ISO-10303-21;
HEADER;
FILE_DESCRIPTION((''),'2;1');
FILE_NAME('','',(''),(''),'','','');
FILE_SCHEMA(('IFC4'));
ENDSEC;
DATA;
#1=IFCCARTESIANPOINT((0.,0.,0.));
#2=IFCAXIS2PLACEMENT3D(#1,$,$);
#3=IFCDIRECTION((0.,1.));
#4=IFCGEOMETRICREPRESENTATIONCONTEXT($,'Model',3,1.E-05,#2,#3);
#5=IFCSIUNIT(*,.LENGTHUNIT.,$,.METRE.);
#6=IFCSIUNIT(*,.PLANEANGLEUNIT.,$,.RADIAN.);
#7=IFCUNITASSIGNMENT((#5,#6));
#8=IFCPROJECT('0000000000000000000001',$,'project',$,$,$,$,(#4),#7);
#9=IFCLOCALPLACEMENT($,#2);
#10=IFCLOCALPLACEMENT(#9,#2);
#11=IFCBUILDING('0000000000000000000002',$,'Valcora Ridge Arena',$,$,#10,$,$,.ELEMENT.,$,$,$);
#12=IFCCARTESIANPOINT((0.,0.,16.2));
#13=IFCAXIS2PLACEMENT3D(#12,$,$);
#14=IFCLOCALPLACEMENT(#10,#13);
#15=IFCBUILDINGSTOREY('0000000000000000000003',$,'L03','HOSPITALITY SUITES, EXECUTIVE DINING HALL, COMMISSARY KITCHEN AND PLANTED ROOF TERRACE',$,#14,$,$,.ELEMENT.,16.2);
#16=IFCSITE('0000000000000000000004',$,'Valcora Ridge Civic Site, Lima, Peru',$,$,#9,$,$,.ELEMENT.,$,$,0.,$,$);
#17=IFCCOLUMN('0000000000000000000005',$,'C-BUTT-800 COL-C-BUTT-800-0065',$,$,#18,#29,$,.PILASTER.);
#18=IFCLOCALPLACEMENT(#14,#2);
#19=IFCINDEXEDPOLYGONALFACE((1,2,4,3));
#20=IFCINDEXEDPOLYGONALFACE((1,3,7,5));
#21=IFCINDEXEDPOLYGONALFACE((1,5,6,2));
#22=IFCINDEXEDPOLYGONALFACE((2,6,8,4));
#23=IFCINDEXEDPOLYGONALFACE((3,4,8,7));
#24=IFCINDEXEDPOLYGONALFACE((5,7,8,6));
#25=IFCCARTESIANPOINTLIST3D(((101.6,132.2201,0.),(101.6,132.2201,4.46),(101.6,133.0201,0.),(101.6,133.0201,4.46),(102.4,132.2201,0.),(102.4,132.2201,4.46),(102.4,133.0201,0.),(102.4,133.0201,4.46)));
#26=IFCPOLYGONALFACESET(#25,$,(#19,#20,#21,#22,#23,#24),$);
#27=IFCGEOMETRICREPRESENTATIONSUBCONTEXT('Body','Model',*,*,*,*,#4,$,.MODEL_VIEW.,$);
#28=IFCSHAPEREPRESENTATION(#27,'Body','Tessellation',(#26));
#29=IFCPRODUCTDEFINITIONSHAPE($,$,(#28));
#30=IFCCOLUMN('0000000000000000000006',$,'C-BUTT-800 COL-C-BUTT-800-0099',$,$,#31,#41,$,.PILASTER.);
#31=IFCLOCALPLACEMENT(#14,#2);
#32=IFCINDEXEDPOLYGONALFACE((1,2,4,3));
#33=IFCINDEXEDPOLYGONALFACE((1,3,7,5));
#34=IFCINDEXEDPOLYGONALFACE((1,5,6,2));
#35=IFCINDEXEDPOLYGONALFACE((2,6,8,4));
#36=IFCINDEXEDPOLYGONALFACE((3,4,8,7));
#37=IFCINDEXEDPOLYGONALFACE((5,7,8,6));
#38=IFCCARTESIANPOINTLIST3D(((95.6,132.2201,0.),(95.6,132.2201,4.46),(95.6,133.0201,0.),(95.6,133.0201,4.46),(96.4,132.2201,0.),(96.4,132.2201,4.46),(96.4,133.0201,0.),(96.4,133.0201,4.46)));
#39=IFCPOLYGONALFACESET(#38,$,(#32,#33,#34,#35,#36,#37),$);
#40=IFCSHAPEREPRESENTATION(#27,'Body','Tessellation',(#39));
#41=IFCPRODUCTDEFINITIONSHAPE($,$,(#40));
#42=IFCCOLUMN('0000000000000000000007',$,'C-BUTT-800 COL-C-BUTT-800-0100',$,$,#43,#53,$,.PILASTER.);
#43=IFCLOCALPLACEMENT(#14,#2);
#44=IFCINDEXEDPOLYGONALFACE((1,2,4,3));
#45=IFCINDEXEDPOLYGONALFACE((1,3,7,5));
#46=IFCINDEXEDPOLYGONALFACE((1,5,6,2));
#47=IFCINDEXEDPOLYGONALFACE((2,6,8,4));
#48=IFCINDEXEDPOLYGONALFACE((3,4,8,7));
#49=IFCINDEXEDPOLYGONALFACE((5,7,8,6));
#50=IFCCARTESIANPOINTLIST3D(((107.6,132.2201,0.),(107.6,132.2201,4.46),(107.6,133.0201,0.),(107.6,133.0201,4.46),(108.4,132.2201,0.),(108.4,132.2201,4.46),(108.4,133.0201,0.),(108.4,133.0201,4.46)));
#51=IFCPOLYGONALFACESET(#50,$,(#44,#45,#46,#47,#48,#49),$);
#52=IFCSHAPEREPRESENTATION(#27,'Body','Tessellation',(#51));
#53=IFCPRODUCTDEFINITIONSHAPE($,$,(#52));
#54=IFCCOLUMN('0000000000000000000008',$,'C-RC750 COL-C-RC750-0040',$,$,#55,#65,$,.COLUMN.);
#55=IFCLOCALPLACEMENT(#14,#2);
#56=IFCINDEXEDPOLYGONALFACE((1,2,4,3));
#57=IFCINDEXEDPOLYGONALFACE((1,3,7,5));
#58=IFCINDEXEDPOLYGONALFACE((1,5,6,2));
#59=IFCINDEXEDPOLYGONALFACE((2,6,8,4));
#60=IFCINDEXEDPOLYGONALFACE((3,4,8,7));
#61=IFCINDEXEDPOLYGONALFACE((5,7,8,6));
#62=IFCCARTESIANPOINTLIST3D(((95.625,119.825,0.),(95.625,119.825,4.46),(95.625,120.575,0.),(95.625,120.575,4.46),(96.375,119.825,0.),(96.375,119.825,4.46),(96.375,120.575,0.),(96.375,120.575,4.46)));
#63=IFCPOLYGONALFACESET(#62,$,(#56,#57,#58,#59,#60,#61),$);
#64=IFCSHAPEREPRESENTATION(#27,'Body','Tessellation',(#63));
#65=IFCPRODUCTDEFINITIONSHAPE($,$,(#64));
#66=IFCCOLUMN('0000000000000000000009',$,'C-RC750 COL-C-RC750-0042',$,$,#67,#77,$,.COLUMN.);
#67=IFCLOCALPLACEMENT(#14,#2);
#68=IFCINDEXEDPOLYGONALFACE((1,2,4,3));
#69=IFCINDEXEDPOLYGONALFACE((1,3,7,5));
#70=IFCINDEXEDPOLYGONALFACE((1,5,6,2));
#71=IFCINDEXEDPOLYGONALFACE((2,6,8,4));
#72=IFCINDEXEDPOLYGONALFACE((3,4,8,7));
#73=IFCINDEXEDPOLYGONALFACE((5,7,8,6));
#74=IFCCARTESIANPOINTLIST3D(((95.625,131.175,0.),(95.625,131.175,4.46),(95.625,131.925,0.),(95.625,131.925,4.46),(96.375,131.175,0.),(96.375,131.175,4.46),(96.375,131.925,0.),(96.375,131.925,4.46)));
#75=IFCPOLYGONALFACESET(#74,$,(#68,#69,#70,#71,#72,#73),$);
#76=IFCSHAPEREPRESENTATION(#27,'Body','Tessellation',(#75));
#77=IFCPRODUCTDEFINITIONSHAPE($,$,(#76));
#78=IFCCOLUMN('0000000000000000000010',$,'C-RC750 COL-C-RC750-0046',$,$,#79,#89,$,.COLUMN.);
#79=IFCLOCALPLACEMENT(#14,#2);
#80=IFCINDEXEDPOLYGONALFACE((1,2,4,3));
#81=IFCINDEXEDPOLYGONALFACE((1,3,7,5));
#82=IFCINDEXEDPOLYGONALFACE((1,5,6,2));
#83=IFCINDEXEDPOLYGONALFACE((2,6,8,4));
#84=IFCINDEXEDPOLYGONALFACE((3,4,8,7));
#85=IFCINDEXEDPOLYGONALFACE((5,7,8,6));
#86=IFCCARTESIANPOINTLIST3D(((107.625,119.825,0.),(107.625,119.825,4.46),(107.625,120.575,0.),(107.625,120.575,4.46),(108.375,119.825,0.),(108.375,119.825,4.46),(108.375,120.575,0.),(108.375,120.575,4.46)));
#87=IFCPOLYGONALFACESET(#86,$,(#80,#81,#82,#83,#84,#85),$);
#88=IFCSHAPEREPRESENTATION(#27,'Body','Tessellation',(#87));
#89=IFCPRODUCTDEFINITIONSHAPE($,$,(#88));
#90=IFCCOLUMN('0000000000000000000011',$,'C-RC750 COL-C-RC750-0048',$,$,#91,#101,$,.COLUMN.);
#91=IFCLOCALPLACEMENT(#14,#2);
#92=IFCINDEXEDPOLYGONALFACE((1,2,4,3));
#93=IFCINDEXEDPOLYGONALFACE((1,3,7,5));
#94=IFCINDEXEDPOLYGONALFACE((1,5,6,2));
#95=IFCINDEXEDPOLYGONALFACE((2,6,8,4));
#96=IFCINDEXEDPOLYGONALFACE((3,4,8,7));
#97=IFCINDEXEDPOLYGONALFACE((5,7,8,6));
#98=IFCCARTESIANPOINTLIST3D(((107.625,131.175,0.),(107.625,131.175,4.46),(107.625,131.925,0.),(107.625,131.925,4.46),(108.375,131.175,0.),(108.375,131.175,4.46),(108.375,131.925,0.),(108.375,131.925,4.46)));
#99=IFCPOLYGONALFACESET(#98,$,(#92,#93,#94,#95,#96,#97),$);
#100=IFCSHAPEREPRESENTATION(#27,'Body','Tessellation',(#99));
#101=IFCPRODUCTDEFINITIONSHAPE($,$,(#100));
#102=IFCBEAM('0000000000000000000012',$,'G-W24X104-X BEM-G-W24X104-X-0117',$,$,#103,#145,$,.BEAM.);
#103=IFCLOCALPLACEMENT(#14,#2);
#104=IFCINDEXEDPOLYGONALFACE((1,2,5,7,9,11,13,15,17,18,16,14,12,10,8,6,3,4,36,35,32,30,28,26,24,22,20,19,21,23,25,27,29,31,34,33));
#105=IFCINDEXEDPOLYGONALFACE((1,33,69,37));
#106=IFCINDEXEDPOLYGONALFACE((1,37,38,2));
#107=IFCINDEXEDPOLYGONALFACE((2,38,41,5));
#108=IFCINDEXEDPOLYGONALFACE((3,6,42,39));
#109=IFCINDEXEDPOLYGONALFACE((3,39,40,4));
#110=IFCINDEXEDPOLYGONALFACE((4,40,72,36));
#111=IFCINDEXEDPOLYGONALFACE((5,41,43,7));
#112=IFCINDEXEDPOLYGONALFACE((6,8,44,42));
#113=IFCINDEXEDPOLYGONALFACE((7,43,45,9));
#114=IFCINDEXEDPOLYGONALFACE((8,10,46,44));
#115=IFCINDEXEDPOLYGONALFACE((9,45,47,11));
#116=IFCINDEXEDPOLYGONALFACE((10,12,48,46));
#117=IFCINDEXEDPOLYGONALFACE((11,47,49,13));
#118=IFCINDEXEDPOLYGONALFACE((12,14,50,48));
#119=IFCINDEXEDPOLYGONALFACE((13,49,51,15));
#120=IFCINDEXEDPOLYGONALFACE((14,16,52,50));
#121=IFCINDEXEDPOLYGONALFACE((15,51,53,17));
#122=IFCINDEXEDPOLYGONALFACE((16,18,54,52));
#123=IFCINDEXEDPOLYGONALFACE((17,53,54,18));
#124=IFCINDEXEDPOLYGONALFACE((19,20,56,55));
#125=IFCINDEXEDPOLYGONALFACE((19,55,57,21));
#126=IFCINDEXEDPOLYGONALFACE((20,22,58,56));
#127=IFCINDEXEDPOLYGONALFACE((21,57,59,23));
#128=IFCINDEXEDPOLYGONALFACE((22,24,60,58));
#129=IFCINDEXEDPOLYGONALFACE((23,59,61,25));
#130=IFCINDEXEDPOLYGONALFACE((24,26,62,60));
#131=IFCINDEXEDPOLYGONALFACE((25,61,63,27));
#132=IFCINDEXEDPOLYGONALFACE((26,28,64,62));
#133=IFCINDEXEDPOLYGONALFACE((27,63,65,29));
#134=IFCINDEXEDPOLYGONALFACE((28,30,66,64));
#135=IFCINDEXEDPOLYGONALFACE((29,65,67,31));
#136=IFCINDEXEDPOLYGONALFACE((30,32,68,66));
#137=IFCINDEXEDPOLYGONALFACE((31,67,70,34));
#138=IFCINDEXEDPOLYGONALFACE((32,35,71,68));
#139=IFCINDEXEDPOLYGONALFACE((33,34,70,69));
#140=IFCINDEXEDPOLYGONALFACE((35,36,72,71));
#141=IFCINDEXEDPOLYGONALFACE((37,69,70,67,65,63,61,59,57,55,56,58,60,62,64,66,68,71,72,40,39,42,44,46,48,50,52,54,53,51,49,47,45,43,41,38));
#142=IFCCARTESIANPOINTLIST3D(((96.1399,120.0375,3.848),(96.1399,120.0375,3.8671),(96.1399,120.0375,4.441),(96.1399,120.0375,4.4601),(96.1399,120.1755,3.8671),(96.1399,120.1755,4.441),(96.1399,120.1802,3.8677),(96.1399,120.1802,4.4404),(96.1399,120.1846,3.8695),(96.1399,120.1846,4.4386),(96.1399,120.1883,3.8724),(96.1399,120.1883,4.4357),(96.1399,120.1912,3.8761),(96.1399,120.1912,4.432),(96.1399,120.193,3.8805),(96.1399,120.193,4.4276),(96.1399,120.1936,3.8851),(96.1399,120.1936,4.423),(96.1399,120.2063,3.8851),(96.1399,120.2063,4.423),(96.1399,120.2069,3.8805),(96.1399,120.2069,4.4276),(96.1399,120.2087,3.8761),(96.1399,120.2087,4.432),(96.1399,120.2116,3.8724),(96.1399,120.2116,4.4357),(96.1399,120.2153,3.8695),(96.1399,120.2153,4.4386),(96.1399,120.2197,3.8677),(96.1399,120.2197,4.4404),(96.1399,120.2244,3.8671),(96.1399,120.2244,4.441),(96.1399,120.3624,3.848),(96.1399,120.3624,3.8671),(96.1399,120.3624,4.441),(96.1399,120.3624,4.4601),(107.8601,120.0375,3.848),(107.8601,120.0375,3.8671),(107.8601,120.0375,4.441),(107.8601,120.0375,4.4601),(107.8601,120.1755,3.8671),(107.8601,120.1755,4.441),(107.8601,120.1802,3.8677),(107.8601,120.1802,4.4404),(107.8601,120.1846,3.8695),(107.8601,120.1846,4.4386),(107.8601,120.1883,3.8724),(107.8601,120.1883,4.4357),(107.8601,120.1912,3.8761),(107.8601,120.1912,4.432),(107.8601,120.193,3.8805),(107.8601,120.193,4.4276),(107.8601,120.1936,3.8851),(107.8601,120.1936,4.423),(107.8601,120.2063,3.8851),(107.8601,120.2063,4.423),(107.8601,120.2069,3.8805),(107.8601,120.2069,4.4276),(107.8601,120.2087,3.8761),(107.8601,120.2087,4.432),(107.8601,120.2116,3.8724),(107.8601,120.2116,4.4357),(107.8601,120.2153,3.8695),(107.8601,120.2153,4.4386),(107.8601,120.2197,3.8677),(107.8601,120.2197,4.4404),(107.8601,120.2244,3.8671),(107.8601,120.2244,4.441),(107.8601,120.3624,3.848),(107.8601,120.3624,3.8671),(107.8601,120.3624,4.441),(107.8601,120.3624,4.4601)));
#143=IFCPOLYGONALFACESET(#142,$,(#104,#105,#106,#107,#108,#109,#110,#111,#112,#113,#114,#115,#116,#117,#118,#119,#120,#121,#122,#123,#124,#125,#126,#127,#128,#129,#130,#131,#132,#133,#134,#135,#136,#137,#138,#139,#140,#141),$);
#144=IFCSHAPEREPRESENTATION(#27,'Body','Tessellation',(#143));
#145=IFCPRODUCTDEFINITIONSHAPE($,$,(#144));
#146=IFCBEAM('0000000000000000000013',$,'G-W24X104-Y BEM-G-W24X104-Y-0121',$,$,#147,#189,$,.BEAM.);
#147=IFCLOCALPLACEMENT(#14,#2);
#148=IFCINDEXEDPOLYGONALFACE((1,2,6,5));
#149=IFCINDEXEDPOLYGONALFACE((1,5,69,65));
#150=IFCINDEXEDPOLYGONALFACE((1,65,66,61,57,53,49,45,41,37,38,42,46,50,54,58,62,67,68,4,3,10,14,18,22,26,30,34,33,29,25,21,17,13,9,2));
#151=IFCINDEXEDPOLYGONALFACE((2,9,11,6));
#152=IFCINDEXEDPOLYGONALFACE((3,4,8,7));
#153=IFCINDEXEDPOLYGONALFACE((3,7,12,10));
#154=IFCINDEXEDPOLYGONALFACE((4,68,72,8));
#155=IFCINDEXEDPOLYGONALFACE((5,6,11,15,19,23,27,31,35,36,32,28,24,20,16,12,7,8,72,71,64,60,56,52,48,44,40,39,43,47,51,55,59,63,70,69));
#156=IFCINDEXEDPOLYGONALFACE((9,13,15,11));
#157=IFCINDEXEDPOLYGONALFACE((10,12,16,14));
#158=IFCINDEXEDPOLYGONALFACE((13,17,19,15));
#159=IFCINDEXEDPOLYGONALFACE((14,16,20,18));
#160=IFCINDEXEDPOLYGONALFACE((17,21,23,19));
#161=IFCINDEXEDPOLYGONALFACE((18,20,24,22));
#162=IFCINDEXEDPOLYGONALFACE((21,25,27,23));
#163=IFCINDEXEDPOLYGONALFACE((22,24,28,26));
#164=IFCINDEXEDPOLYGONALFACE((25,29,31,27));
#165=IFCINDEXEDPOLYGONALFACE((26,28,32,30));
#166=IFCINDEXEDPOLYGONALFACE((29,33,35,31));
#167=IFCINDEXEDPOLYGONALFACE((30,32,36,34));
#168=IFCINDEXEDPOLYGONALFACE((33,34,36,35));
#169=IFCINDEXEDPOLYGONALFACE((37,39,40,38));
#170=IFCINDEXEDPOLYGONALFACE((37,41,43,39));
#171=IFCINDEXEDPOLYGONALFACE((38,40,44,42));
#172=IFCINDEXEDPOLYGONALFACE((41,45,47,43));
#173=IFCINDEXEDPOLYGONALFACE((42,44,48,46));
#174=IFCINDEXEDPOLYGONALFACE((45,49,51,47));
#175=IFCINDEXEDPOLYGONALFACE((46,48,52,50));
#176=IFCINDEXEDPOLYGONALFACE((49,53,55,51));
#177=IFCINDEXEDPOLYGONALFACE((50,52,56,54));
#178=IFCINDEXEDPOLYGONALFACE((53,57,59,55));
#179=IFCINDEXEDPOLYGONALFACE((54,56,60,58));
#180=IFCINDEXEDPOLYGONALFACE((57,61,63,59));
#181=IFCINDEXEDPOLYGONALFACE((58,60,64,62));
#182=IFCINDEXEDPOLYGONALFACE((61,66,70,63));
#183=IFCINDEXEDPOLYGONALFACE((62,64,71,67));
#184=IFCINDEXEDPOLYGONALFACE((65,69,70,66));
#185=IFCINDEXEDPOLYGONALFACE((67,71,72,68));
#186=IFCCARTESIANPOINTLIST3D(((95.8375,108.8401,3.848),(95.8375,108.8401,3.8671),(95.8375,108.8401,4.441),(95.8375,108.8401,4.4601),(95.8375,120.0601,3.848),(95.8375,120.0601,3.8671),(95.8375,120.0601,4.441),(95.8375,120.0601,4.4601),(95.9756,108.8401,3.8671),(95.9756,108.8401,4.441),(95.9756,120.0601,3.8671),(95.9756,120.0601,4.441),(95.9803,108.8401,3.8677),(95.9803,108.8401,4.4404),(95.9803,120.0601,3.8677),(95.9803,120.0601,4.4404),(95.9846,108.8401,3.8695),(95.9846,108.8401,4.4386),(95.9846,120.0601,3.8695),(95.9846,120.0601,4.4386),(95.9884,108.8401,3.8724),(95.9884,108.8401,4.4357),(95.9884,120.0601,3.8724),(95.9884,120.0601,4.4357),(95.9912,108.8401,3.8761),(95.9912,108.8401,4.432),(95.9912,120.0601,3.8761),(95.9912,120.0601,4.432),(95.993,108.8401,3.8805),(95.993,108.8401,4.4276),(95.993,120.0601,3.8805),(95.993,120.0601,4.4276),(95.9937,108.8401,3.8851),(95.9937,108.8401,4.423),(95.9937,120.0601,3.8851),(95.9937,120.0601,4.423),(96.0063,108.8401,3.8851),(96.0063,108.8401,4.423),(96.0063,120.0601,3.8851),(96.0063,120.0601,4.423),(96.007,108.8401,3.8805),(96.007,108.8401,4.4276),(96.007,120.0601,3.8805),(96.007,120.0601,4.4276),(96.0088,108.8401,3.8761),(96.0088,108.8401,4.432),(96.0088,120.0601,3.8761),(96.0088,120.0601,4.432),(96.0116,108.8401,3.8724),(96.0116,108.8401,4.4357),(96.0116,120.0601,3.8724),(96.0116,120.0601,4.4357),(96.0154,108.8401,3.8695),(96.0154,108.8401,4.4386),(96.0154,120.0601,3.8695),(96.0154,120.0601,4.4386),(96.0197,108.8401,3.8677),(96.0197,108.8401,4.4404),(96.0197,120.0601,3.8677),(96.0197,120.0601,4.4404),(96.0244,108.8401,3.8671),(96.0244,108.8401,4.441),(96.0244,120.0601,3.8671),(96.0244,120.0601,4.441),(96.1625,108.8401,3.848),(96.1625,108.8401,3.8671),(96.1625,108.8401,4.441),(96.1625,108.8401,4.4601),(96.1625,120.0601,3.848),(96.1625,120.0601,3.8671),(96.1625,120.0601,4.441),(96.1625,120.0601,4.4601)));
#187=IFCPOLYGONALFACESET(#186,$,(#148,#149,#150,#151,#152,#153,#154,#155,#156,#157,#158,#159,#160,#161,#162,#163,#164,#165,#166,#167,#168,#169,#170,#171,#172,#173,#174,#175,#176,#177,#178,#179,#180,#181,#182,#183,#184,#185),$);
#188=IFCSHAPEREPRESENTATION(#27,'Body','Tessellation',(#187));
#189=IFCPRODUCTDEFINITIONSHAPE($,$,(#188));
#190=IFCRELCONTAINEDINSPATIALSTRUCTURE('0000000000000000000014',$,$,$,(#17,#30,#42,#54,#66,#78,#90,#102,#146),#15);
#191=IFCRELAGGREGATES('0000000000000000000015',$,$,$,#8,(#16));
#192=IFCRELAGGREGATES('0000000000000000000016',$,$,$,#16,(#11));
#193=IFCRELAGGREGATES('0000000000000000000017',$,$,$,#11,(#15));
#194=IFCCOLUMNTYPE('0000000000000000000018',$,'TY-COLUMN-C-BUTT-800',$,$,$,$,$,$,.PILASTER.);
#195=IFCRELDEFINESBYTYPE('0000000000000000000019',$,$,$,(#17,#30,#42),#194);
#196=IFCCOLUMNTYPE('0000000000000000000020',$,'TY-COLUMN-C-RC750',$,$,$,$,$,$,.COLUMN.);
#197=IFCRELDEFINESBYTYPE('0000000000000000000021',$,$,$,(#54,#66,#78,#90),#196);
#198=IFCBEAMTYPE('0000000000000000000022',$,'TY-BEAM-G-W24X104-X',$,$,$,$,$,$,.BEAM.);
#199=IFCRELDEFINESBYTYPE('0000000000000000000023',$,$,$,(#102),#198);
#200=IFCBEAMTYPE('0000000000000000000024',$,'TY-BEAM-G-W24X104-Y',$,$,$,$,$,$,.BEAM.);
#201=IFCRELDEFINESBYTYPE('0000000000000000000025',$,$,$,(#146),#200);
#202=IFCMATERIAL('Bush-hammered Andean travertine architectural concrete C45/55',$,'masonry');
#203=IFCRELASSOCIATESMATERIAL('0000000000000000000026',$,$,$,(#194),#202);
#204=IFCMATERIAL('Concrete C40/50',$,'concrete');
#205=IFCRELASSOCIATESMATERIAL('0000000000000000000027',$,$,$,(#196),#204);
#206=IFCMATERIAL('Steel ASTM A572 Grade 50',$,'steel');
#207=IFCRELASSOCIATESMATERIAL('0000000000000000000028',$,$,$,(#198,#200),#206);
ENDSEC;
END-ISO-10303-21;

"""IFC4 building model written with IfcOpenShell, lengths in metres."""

from ifc_helpers import new_model, si_unit, direction, frame, origin, origin_2d, place, context, subcontext, project, spatial, rectangle, i_section, extrude, material, material_profile, profile_set, type_object, element, save


model = new_model("IFC4")

# Units and contexts
model_context = context("Model", 3, precision=1e-05, world=origin(), true_north=direction((0.0, 1.0)))
body_context = subcontext(model_context, "Body", "Model", "MODEL_VIEW")
ifc_project = project(units=[si_unit("LENGTHUNIT", "METRE"), si_unit("PLANEANGLEUNIT", "RADIAN")], contexts=[model_context])

# Site, building, storey
site_placement = place(None, origin())
site = spatial("IfcSite", under=ifc_project, at=site_placement, Name="Valcora Ridge Civic Site, Lima, Peru", CompositionType="ELEMENT", RefElevation=0.0)
building_placement = place(site_placement, origin())
building = spatial("IfcBuilding", under=site, at=building_placement, Name="Valcora Ridge Arena", CompositionType="ELEMENT")
storey_placement = place(building_placement, frame((0.0, 0.0, 16.2)))
storey = spatial("IfcBuildingStorey", under=building, at=storey_placement, Name="L03", Description="HOSPITALITY SUITES, EXECUTIVE DINING HALL, COMMISSARY KITCHEN AND PLANTED ROOF TERRACE", CompositionType="ELEMENT", Elevation=16.2)

# Columns
ifc_material_1 = material(Name="Bush-hammered Andean travertine architectural concrete C45/55", Category="masonry")
ifc_material_profile_1 = material_profile(ifc_material_1, rectangle(XDim=0.8, YDim=0.8, at=origin_2d()), Name="RC 800x800")
ifc_profile_set_1 = profile_set([ifc_material_profile_1], Name="Bush-hammered Andean travertine architectural concrete C45/55")
column_type_1 = type_object("IfcColumnType", Name="TY-COLUMN-C-BUTT-800", PredefinedType="PILASTER", material=ifc_profile_set_1)
for number, where, z_axis, x_axis, name in (
    (1, (102.0, 132.6201, 0.0), (0.0, 0.0, 1.0), (1.0, 0.0, 0.0), "C-BUTT-800 COL-C-BUTT-800-0065"),
    (2, (96.0, 132.6201, 0.0), (0.0, 0.0, 1.0), (1.0, 0.0, 0.0), "C-BUTT-800 COL-C-BUTT-800-0099"),
    (3, (108.0, 132.6201, 0.0), (0.0, 0.0, 1.0), (1.0, 0.0, 0.0), "C-BUTT-800 COL-C-BUTT-800-0100"),
):
    element("IfcColumn", number, at=place(storey_placement, frame(where, z_axis=z_axis, x_axis=x_axis)), inside=storey, type_object=column_type_1, Name=name, PredefinedType="PILASTER", context=body_context, shape_type="SweptSolid", body=[
        extrude(rectangle(XDim=0.8, YDim=0.8, at=origin_2d()), origin(), (0.0, 0.0, 1.0), 4.46),
    ])
ifc_material_2 = material(Name="Concrete C40/50", Category="concrete")
ifc_material_profile_2 = material_profile(ifc_material_2, rectangle(XDim=0.75, YDim=0.75, at=origin_2d()), Name="RC 750x750")
ifc_profile_set_2 = profile_set([ifc_material_profile_2], Name="Concrete C40/50")
column_type_2 = type_object("IfcColumnType", Name="TY-COLUMN-C-RC750", PredefinedType="COLUMN", material=ifc_profile_set_2)
for number, where, z_axis, x_axis, name in (
    (4, (96.0, 120.2, 0.0), (0.0, 0.0, 1.0), (1.0, 0.0, 0.0), "C-RC750 COL-C-RC750-0040"),
    (5, (96.0, 131.55, 0.0), (0.0, 0.0, 1.0), (1.0, 0.0, 0.0), "C-RC750 COL-C-RC750-0042"),
    (6, (108.0, 120.2, 0.0), (0.0, 0.0, 1.0), (1.0, 0.0, 0.0), "C-RC750 COL-C-RC750-0046"),
    (7, (108.0, 131.55, 0.0), (0.0, 0.0, 1.0), (1.0, 0.0, 0.0), "C-RC750 COL-C-RC750-0048"),
):
    element("IfcColumn", number, at=place(storey_placement, frame(where, z_axis=z_axis, x_axis=x_axis)), inside=storey, type_object=column_type_2, Name=name, PredefinedType="COLUMN", context=body_context, shape_type="SweptSolid", body=[
        extrude(rectangle(XDim=0.75, YDim=0.75, at=origin_2d()), origin(), (0.0, 0.0, 1.0), 4.46),
    ])

# Beams
ifc_material_3 = material(Name="Steel ASTM A572 Grade 50", Category="steel")
ifc_material_profile_3 = material_profile(ifc_material_3, i_section(OverallWidth=0.325, OverallDepth=0.6121, WebThickness=0.0127, FlangeThickness=0.019, FilletRadius=0.0181, at=origin_2d()), Name="W24X104")
ifc_profile_set_3 = profile_set([ifc_material_profile_3], Name="Steel ASTM A572 Grade 50")
beam_type_1 = type_object("IfcBeamType", Name="TY-BEAM-G-W24X104-X", PredefinedType="BEAM", material=ifc_profile_set_3)
beam_1_placement = place(storey_placement, frame((96.1399, 120.2, 4.1541), z_axis=(1.0, 0.0, 0.0), x_axis=(0.0, 1.0, 0.0)))
element("IfcBeam", 8, at=beam_1_placement, inside=storey, type_object=beam_type_1, Name="G-W24X104-X BEM-G-W24X104-X-0117", PredefinedType="BEAM", context=body_context, shape_type="SweptSolid", body=[
    extrude(i_section(OverallWidth=0.325, OverallDepth=0.6121, WebThickness=0.0127, FlangeThickness=0.019, FilletRadius=0.0181, at=origin_2d()), origin(), (0.0, 0.0, 1.0), 11.7202),
])
ifc_material_profile_4 = material_profile(ifc_material_3, i_section(OverallWidth=0.325, OverallDepth=0.6121, WebThickness=0.0127, FlangeThickness=0.019, FilletRadius=0.0181, at=origin_2d()), Name="W24X104")
ifc_profile_set_4 = profile_set([ifc_material_profile_4], Name="Steel ASTM A572 Grade 50")
beam_type_2 = type_object("IfcBeamType", Name="TY-BEAM-G-W24X104-Y", PredefinedType="BEAM", material=ifc_profile_set_4)
beam_2_placement = place(storey_placement, frame((96.0, 108.8401, 4.1541), z_axis=(0.0, 1.0, 0.0), x_axis=(-1.0, 0.0, 0.0)))
element("IfcBeam", 9, at=beam_2_placement, inside=storey, type_object=beam_type_2, Name="G-W24X104-Y BEM-G-W24X104-Y-0121", PredefinedType="BEAM", context=body_context, shape_type="SweptSolid", body=[
    extrude(i_section(OverallWidth=0.325, OverallDepth=0.6121, WebThickness=0.0127, FlangeThickness=0.019, FilletRadius=0.0181, at=origin_2d()), origin(), (0.0, 0.0, 1.0), 11.22),
])

save(model, "model.ifc")
